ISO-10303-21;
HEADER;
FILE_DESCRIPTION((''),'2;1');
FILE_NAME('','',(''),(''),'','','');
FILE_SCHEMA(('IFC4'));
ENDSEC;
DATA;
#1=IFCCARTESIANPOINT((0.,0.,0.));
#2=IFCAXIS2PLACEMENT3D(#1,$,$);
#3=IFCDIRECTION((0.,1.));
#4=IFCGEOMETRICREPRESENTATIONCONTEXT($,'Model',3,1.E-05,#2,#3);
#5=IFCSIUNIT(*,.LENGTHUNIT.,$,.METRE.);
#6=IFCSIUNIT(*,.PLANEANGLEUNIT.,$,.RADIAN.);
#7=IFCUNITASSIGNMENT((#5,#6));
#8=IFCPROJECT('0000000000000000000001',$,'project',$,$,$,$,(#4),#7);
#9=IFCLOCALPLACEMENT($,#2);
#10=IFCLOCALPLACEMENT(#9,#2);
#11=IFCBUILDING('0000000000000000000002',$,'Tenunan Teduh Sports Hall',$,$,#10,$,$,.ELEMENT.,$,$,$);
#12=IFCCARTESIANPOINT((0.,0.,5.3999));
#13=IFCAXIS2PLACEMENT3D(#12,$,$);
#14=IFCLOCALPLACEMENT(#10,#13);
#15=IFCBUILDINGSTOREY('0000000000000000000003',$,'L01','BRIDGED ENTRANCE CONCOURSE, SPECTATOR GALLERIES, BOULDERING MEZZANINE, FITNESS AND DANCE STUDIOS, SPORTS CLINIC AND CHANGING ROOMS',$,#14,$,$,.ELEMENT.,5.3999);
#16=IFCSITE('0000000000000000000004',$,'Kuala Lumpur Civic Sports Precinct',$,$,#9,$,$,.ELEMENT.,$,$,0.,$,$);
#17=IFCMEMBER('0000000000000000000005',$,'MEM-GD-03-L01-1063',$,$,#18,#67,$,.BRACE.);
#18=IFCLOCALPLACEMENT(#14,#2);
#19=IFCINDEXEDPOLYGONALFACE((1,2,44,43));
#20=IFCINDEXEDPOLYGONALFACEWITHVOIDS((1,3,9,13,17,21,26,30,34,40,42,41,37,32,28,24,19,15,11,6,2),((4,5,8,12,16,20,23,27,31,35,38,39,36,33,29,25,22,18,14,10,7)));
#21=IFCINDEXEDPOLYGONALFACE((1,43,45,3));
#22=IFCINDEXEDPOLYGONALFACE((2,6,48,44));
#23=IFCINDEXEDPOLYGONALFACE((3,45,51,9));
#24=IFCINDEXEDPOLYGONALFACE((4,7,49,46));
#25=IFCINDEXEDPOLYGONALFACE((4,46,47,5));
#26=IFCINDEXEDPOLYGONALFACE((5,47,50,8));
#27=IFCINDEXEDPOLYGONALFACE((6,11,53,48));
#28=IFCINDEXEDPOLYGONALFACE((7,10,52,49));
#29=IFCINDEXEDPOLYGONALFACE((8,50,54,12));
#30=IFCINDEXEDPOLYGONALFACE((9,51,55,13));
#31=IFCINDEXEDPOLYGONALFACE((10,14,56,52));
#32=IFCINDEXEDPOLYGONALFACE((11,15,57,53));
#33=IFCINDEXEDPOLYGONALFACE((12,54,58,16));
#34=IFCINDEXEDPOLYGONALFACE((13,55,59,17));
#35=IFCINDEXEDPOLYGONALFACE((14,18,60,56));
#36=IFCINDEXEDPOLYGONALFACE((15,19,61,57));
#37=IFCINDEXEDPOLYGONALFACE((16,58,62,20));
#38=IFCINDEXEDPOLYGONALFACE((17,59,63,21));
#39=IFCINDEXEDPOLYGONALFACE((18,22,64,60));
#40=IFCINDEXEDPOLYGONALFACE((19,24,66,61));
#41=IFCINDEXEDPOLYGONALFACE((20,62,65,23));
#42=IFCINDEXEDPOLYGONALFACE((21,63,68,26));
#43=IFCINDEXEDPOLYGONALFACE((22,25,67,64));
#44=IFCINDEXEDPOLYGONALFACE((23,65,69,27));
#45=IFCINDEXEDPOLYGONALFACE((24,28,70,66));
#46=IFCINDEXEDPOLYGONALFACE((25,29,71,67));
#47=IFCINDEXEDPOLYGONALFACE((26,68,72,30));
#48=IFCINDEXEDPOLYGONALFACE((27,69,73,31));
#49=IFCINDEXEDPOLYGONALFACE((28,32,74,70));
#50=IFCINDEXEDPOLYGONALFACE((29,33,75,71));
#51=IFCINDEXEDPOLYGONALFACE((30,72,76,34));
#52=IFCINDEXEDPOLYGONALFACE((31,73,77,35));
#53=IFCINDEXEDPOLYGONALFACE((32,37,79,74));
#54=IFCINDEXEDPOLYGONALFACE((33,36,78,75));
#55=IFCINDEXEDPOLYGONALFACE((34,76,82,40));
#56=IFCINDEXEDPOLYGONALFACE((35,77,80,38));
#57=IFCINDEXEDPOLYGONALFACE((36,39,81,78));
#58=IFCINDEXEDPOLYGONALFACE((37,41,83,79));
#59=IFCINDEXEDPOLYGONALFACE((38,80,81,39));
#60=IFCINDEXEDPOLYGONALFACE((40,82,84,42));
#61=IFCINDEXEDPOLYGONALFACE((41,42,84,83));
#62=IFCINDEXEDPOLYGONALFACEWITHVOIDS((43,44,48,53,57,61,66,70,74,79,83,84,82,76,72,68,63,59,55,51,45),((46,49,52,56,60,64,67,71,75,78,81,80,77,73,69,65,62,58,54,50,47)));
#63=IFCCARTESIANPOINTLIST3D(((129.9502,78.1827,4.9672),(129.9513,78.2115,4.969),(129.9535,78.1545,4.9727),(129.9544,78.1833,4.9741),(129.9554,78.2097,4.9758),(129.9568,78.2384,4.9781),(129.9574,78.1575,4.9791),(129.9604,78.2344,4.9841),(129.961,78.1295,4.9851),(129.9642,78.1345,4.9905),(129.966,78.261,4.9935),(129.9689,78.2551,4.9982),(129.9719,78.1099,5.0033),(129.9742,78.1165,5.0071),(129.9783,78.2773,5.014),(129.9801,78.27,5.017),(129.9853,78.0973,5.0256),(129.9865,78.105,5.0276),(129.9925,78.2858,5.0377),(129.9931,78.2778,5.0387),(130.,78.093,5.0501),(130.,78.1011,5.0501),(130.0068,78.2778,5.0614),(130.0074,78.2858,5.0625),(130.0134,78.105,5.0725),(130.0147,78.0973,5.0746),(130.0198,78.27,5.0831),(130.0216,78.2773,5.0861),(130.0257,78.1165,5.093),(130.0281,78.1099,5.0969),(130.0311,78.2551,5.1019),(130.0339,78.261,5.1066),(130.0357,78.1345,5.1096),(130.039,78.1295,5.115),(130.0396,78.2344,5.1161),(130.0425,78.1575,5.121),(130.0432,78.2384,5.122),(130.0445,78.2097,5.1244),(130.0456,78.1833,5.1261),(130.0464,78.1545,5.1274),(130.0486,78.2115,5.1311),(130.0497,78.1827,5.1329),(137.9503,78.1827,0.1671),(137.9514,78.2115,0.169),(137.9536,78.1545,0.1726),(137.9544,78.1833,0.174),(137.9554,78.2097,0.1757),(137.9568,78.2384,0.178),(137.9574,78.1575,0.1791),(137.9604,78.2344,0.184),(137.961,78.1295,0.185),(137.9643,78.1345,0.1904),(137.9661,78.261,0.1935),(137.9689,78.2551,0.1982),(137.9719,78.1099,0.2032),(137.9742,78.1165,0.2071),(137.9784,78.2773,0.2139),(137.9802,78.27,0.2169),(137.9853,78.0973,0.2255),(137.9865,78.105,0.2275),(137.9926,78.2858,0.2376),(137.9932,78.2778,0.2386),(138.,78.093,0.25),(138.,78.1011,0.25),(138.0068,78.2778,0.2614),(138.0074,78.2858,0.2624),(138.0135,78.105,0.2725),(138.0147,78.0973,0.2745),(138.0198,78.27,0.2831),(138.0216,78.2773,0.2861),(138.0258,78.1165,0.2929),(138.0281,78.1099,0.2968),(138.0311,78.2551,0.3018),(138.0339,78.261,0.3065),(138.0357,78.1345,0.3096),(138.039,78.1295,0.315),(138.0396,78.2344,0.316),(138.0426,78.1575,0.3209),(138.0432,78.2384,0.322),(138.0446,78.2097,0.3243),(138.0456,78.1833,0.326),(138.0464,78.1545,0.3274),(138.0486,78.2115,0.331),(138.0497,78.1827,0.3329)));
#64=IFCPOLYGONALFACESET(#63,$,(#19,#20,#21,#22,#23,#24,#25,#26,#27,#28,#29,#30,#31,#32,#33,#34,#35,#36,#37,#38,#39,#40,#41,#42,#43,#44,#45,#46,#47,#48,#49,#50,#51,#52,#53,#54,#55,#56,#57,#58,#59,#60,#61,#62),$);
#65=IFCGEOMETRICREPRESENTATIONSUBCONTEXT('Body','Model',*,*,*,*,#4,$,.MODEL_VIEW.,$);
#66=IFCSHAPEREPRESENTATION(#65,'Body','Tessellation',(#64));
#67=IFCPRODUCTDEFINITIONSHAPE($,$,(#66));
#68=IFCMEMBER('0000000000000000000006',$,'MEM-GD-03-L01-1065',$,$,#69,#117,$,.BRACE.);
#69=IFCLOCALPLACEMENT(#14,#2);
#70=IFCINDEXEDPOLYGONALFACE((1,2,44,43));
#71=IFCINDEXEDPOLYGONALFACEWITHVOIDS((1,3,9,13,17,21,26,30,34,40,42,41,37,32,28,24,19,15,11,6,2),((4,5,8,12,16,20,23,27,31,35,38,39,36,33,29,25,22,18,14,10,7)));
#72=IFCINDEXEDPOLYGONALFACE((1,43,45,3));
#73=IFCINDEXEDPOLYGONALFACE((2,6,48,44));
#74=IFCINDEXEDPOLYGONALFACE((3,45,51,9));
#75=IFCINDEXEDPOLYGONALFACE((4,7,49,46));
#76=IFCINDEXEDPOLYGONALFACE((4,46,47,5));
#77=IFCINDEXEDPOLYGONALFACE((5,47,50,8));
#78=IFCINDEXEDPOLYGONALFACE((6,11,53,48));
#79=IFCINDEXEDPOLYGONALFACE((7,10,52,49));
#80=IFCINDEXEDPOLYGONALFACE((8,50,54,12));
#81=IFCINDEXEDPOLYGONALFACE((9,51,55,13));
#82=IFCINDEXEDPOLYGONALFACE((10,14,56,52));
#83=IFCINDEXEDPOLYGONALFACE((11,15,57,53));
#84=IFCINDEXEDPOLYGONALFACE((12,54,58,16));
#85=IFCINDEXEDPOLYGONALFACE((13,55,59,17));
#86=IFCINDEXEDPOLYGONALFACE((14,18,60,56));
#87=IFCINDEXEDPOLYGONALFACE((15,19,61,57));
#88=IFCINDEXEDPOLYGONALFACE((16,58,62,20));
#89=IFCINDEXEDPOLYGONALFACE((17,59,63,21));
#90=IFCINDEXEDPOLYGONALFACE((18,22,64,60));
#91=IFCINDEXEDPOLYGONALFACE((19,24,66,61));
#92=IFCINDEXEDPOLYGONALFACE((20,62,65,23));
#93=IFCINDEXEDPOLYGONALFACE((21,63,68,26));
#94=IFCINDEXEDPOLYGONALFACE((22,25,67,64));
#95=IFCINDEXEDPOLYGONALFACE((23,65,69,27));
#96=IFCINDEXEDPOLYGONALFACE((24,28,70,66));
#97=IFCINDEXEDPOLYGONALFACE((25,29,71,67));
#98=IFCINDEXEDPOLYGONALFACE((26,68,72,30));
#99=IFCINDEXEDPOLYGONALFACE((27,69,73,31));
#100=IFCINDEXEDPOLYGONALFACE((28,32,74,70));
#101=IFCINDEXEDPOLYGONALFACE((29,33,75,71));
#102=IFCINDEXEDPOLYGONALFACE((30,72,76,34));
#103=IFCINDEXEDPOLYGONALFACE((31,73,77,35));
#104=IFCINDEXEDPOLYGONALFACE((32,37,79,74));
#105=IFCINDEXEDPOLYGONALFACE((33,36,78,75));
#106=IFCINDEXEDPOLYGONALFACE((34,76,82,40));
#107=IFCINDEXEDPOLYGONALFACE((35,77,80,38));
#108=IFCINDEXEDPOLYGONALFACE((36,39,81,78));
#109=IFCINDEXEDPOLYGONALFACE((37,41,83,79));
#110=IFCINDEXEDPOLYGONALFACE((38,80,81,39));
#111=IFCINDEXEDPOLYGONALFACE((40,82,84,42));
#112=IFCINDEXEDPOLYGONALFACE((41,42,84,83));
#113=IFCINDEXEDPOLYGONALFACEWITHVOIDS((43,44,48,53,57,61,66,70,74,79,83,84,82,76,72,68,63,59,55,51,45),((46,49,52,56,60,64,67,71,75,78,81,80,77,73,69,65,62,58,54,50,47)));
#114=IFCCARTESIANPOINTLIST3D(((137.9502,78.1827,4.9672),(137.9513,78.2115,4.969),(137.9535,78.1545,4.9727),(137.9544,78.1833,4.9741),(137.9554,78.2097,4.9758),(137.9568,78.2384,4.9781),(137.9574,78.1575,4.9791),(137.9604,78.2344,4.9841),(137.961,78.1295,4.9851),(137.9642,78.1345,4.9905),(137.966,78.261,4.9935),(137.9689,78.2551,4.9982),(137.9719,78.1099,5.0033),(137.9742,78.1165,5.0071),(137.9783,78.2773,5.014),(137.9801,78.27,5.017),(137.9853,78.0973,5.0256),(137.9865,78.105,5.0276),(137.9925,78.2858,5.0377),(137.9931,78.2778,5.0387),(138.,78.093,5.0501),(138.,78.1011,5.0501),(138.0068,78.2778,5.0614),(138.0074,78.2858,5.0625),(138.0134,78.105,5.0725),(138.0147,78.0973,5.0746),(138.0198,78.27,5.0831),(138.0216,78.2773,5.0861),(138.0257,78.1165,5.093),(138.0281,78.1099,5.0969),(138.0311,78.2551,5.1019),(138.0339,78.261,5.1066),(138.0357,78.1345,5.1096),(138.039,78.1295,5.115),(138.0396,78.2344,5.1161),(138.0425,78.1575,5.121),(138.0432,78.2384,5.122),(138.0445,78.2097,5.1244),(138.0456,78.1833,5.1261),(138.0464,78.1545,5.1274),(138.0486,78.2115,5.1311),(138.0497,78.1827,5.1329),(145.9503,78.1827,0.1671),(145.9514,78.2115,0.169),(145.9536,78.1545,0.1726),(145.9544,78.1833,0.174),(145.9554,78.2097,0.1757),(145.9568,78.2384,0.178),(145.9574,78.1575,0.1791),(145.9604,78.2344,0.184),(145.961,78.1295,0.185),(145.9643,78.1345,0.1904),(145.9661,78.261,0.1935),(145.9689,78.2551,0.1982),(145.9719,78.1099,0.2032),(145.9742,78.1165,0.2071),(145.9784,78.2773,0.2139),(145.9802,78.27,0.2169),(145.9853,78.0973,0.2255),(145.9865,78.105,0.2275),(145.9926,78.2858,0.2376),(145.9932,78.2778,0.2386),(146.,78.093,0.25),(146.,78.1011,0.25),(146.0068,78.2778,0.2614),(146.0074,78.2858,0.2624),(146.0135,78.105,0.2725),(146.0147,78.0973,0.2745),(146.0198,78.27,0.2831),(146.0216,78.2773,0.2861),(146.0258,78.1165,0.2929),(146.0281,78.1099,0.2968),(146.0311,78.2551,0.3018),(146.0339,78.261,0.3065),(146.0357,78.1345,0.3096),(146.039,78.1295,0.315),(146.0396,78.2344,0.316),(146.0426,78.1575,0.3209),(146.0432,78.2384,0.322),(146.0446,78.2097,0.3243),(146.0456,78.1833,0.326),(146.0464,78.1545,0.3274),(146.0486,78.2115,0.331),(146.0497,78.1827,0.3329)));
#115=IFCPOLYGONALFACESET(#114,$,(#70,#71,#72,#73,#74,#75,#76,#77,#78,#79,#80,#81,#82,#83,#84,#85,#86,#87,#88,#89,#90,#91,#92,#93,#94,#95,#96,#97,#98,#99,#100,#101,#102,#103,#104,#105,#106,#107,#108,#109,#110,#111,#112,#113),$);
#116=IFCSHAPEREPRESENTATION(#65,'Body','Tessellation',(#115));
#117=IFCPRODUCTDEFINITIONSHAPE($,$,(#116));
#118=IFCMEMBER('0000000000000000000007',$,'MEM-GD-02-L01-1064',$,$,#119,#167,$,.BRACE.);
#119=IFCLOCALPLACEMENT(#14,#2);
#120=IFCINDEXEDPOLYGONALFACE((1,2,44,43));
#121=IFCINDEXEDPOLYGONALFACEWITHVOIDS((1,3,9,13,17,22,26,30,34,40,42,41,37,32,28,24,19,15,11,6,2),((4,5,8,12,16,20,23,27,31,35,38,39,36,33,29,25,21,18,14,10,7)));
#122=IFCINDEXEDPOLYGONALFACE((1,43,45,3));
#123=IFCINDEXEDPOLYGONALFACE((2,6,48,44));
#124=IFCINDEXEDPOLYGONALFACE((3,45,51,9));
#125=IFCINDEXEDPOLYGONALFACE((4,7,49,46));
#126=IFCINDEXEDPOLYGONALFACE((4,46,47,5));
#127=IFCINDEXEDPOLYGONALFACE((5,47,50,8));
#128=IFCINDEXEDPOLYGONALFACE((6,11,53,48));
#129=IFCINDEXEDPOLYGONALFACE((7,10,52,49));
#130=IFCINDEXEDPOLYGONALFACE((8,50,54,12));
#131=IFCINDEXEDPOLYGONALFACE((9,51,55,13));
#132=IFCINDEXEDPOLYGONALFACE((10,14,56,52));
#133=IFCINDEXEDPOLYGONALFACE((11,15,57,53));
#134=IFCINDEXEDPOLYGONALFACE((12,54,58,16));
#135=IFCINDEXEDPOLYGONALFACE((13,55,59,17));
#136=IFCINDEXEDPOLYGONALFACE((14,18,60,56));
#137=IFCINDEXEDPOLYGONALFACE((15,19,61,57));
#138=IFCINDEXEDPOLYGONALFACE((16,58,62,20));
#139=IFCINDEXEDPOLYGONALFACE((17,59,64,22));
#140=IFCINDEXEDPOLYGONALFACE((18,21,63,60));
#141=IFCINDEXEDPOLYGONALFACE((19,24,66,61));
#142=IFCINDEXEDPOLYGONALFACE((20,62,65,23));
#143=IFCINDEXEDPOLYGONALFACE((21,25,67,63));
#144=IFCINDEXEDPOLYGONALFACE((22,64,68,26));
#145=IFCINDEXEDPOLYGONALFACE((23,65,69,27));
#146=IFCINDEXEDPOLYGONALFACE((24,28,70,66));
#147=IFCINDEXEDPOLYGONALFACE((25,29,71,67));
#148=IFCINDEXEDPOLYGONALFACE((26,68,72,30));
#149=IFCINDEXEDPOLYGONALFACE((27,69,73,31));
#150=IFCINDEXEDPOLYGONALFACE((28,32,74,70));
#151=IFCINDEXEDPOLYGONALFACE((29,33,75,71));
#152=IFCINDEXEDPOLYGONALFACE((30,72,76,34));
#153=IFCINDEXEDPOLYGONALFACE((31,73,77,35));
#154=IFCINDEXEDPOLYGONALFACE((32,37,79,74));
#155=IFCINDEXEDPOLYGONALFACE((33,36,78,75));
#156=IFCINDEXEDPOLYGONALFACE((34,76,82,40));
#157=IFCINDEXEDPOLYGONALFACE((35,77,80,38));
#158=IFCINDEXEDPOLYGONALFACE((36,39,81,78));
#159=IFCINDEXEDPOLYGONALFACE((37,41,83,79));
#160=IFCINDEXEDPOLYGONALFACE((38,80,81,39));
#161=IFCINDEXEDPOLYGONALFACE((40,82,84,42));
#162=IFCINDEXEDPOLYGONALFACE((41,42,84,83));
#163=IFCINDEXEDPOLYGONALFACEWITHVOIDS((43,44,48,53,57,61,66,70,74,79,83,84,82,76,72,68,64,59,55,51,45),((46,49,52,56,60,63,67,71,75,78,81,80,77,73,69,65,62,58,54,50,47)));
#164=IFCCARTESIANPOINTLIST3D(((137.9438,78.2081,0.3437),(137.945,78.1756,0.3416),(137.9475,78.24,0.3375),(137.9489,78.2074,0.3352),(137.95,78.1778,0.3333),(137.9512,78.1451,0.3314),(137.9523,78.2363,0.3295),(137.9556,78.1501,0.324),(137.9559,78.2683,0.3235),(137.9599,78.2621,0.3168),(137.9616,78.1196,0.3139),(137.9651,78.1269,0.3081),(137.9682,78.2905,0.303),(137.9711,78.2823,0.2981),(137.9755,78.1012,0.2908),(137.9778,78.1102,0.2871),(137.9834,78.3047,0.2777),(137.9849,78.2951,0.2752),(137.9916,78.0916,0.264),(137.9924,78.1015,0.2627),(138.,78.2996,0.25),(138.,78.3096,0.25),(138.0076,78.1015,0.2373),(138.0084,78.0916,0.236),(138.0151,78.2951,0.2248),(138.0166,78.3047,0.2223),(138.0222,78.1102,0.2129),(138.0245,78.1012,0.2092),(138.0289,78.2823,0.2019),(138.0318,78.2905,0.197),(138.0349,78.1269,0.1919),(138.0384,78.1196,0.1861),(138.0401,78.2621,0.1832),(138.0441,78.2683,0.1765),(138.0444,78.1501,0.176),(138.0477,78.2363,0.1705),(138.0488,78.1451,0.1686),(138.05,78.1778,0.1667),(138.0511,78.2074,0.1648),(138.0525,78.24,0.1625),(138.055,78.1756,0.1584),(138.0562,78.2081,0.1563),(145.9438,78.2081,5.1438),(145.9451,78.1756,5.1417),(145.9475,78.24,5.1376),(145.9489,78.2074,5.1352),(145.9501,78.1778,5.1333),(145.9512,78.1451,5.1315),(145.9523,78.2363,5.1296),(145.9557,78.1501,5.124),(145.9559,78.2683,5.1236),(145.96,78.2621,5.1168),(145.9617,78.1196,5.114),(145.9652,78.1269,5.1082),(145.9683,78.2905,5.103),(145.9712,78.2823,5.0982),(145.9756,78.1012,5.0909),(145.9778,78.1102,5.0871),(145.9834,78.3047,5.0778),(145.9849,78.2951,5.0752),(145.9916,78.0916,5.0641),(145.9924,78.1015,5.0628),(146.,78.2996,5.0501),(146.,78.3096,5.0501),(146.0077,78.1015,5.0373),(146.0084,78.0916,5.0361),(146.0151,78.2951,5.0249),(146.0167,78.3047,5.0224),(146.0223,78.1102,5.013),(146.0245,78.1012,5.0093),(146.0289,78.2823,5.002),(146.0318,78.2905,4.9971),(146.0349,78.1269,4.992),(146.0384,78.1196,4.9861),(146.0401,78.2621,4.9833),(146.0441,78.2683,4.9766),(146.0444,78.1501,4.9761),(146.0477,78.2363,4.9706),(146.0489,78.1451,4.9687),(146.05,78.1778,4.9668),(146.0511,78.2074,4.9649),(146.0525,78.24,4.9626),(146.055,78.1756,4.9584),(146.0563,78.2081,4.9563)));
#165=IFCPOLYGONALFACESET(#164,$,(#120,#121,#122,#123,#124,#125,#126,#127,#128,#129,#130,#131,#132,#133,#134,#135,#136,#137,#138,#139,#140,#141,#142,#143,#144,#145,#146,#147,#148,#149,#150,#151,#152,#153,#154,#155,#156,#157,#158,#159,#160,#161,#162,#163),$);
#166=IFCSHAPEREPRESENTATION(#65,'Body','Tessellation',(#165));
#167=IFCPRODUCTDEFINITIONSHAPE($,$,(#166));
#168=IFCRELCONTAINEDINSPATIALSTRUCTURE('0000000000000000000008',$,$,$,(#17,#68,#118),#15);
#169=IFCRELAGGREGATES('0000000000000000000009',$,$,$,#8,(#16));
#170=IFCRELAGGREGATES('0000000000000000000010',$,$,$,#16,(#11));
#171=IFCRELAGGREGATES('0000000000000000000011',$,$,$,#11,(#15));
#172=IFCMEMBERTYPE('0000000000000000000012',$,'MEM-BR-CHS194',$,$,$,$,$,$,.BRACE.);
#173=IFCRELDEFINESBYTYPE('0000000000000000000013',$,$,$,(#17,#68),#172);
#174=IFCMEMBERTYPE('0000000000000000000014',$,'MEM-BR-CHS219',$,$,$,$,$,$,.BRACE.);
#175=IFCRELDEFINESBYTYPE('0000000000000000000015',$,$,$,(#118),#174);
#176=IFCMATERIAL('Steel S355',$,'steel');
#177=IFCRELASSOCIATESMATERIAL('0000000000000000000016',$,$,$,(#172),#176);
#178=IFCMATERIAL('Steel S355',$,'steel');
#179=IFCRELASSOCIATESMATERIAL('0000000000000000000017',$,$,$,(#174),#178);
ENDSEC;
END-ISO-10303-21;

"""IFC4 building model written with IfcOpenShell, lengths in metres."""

from ifc_helpers import new_model, si_unit, direction, frame, origin, origin_2d, place, context, subcontext, project, spatial, hollow_circle, extrude, material, material_profile, profile_set, type_object, element, save


model = new_model("IFC4")

# Units and contexts
model_context = context("Model", 3, precision=1e-05, world=origin(), true_north=direction((0.0, 1.0)))
body_context = subcontext(model_context, "Body", "Model", "MODEL_VIEW")
ifc_project = project(units=[si_unit("LENGTHUNIT", "METRE"), si_unit("PLANEANGLEUNIT", "RADIAN")], contexts=[model_context])

# Site, building, storey
site_placement = place(None, origin())
site = spatial("IfcSite", under=ifc_project, at=site_placement, Name="Kuala Lumpur Civic Sports Precinct", CompositionType="ELEMENT", RefElevation=0.0)
building_placement = place(site_placement, origin())
building = spatial("IfcBuilding", under=site, at=building_placement, Name="Tenunan Teduh Sports Hall", CompositionType="ELEMENT")
storey_placement = place(building_placement, frame((0.0, 0.0, 5.3999)))
storey = spatial("IfcBuildingStorey", under=building, at=storey_placement, Name="L01", Description="BRIDGED ENTRANCE CONCOURSE, SPECTATOR GALLERIES, BOULDERING MEZZANINE, FITNESS AND DANCE STUDIOS, SPORTS CLINIC AND CHANGING ROOMS", CompositionType="ELEMENT", Elevation=5.3999)

# Members
ifc_material_1 = material(Name="Steel S355", Category="steel")
ifc_material_profile_1 = material_profile(ifc_material_1, hollow_circle(Radius=0.0969, WallThickness=0.0081, at=origin_2d()), Name="CHS 193.7x8.0")
ifc_profile_set_1 = profile_set([ifc_material_profile_1], Name="Steel S355")
member_type_1 = type_object("IfcMemberType", Name="MEM-BR-CHS194", PredefinedType="BRACE", material=ifc_profile_set_1)
for number, where, z_axis, x_axis, name in (
    (1, (138.0, 78.1899, 0.25), (-0.857491, 0.0, 0.5145), (0.0, -1.0, 0.0), "MEM-GD-03-L01-1063"),
    (2, (146.0, 78.1899, 0.25), (-0.857491, 0.0, 0.5145), (0.0, -1.0, 0.0), "MEM-GD-03-L01-1065"),
):
    element("IfcMember", number, at=place(storey_placement, frame(where, z_axis=z_axis, x_axis=x_axis)), inside=storey, type_object=member_type_1, Name=name, PredefinedType="BRACE", context=body_context, shape_type="SweptSolid", body=[
        extrude(hollow_circle(Radius=0.0969, WallThickness=0.0081, at=origin_2d()), origin(), (0.0, 0.0, 1.0), 9.3296),
    ])
ifc_material_2 = material(Name="Steel S355", Category="steel")
ifc_material_profile_2 = material_profile(ifc_material_2, hollow_circle(Radius=0.1096, WallThickness=0.01, at=origin_2d()), Name="CHS 219.1x10.0")
ifc_profile_set_2 = profile_set([ifc_material_profile_2], Name="Steel S355")
member_type_2 = type_object("IfcMemberType", Name="MEM-BR-CHS219", PredefinedType="BRACE", material=ifc_profile_set_2)
for number, where, z_axis, x_axis, name in (
    (3, (138.0, 78.2, 0.25), (0.857491, 0.0, 0.5145), (0.0, 1.0, 0.0), "MEM-GD-02-L01-1064"),
):
    element("IfcMember", number, at=place(storey_placement, frame(where, z_axis=z_axis, x_axis=x_axis)), inside=storey, type_object=member_type_2, Name=name, PredefinedType="BRACE", context=body_context, shape_type="SweptSolid", body=[
        extrude(hollow_circle(Radius=0.1096, WallThickness=0.01, at=origin_2d()), origin(), (0.0, 0.0, 1.0), 9.3296),
    ])

save(model, "model.ifc")
